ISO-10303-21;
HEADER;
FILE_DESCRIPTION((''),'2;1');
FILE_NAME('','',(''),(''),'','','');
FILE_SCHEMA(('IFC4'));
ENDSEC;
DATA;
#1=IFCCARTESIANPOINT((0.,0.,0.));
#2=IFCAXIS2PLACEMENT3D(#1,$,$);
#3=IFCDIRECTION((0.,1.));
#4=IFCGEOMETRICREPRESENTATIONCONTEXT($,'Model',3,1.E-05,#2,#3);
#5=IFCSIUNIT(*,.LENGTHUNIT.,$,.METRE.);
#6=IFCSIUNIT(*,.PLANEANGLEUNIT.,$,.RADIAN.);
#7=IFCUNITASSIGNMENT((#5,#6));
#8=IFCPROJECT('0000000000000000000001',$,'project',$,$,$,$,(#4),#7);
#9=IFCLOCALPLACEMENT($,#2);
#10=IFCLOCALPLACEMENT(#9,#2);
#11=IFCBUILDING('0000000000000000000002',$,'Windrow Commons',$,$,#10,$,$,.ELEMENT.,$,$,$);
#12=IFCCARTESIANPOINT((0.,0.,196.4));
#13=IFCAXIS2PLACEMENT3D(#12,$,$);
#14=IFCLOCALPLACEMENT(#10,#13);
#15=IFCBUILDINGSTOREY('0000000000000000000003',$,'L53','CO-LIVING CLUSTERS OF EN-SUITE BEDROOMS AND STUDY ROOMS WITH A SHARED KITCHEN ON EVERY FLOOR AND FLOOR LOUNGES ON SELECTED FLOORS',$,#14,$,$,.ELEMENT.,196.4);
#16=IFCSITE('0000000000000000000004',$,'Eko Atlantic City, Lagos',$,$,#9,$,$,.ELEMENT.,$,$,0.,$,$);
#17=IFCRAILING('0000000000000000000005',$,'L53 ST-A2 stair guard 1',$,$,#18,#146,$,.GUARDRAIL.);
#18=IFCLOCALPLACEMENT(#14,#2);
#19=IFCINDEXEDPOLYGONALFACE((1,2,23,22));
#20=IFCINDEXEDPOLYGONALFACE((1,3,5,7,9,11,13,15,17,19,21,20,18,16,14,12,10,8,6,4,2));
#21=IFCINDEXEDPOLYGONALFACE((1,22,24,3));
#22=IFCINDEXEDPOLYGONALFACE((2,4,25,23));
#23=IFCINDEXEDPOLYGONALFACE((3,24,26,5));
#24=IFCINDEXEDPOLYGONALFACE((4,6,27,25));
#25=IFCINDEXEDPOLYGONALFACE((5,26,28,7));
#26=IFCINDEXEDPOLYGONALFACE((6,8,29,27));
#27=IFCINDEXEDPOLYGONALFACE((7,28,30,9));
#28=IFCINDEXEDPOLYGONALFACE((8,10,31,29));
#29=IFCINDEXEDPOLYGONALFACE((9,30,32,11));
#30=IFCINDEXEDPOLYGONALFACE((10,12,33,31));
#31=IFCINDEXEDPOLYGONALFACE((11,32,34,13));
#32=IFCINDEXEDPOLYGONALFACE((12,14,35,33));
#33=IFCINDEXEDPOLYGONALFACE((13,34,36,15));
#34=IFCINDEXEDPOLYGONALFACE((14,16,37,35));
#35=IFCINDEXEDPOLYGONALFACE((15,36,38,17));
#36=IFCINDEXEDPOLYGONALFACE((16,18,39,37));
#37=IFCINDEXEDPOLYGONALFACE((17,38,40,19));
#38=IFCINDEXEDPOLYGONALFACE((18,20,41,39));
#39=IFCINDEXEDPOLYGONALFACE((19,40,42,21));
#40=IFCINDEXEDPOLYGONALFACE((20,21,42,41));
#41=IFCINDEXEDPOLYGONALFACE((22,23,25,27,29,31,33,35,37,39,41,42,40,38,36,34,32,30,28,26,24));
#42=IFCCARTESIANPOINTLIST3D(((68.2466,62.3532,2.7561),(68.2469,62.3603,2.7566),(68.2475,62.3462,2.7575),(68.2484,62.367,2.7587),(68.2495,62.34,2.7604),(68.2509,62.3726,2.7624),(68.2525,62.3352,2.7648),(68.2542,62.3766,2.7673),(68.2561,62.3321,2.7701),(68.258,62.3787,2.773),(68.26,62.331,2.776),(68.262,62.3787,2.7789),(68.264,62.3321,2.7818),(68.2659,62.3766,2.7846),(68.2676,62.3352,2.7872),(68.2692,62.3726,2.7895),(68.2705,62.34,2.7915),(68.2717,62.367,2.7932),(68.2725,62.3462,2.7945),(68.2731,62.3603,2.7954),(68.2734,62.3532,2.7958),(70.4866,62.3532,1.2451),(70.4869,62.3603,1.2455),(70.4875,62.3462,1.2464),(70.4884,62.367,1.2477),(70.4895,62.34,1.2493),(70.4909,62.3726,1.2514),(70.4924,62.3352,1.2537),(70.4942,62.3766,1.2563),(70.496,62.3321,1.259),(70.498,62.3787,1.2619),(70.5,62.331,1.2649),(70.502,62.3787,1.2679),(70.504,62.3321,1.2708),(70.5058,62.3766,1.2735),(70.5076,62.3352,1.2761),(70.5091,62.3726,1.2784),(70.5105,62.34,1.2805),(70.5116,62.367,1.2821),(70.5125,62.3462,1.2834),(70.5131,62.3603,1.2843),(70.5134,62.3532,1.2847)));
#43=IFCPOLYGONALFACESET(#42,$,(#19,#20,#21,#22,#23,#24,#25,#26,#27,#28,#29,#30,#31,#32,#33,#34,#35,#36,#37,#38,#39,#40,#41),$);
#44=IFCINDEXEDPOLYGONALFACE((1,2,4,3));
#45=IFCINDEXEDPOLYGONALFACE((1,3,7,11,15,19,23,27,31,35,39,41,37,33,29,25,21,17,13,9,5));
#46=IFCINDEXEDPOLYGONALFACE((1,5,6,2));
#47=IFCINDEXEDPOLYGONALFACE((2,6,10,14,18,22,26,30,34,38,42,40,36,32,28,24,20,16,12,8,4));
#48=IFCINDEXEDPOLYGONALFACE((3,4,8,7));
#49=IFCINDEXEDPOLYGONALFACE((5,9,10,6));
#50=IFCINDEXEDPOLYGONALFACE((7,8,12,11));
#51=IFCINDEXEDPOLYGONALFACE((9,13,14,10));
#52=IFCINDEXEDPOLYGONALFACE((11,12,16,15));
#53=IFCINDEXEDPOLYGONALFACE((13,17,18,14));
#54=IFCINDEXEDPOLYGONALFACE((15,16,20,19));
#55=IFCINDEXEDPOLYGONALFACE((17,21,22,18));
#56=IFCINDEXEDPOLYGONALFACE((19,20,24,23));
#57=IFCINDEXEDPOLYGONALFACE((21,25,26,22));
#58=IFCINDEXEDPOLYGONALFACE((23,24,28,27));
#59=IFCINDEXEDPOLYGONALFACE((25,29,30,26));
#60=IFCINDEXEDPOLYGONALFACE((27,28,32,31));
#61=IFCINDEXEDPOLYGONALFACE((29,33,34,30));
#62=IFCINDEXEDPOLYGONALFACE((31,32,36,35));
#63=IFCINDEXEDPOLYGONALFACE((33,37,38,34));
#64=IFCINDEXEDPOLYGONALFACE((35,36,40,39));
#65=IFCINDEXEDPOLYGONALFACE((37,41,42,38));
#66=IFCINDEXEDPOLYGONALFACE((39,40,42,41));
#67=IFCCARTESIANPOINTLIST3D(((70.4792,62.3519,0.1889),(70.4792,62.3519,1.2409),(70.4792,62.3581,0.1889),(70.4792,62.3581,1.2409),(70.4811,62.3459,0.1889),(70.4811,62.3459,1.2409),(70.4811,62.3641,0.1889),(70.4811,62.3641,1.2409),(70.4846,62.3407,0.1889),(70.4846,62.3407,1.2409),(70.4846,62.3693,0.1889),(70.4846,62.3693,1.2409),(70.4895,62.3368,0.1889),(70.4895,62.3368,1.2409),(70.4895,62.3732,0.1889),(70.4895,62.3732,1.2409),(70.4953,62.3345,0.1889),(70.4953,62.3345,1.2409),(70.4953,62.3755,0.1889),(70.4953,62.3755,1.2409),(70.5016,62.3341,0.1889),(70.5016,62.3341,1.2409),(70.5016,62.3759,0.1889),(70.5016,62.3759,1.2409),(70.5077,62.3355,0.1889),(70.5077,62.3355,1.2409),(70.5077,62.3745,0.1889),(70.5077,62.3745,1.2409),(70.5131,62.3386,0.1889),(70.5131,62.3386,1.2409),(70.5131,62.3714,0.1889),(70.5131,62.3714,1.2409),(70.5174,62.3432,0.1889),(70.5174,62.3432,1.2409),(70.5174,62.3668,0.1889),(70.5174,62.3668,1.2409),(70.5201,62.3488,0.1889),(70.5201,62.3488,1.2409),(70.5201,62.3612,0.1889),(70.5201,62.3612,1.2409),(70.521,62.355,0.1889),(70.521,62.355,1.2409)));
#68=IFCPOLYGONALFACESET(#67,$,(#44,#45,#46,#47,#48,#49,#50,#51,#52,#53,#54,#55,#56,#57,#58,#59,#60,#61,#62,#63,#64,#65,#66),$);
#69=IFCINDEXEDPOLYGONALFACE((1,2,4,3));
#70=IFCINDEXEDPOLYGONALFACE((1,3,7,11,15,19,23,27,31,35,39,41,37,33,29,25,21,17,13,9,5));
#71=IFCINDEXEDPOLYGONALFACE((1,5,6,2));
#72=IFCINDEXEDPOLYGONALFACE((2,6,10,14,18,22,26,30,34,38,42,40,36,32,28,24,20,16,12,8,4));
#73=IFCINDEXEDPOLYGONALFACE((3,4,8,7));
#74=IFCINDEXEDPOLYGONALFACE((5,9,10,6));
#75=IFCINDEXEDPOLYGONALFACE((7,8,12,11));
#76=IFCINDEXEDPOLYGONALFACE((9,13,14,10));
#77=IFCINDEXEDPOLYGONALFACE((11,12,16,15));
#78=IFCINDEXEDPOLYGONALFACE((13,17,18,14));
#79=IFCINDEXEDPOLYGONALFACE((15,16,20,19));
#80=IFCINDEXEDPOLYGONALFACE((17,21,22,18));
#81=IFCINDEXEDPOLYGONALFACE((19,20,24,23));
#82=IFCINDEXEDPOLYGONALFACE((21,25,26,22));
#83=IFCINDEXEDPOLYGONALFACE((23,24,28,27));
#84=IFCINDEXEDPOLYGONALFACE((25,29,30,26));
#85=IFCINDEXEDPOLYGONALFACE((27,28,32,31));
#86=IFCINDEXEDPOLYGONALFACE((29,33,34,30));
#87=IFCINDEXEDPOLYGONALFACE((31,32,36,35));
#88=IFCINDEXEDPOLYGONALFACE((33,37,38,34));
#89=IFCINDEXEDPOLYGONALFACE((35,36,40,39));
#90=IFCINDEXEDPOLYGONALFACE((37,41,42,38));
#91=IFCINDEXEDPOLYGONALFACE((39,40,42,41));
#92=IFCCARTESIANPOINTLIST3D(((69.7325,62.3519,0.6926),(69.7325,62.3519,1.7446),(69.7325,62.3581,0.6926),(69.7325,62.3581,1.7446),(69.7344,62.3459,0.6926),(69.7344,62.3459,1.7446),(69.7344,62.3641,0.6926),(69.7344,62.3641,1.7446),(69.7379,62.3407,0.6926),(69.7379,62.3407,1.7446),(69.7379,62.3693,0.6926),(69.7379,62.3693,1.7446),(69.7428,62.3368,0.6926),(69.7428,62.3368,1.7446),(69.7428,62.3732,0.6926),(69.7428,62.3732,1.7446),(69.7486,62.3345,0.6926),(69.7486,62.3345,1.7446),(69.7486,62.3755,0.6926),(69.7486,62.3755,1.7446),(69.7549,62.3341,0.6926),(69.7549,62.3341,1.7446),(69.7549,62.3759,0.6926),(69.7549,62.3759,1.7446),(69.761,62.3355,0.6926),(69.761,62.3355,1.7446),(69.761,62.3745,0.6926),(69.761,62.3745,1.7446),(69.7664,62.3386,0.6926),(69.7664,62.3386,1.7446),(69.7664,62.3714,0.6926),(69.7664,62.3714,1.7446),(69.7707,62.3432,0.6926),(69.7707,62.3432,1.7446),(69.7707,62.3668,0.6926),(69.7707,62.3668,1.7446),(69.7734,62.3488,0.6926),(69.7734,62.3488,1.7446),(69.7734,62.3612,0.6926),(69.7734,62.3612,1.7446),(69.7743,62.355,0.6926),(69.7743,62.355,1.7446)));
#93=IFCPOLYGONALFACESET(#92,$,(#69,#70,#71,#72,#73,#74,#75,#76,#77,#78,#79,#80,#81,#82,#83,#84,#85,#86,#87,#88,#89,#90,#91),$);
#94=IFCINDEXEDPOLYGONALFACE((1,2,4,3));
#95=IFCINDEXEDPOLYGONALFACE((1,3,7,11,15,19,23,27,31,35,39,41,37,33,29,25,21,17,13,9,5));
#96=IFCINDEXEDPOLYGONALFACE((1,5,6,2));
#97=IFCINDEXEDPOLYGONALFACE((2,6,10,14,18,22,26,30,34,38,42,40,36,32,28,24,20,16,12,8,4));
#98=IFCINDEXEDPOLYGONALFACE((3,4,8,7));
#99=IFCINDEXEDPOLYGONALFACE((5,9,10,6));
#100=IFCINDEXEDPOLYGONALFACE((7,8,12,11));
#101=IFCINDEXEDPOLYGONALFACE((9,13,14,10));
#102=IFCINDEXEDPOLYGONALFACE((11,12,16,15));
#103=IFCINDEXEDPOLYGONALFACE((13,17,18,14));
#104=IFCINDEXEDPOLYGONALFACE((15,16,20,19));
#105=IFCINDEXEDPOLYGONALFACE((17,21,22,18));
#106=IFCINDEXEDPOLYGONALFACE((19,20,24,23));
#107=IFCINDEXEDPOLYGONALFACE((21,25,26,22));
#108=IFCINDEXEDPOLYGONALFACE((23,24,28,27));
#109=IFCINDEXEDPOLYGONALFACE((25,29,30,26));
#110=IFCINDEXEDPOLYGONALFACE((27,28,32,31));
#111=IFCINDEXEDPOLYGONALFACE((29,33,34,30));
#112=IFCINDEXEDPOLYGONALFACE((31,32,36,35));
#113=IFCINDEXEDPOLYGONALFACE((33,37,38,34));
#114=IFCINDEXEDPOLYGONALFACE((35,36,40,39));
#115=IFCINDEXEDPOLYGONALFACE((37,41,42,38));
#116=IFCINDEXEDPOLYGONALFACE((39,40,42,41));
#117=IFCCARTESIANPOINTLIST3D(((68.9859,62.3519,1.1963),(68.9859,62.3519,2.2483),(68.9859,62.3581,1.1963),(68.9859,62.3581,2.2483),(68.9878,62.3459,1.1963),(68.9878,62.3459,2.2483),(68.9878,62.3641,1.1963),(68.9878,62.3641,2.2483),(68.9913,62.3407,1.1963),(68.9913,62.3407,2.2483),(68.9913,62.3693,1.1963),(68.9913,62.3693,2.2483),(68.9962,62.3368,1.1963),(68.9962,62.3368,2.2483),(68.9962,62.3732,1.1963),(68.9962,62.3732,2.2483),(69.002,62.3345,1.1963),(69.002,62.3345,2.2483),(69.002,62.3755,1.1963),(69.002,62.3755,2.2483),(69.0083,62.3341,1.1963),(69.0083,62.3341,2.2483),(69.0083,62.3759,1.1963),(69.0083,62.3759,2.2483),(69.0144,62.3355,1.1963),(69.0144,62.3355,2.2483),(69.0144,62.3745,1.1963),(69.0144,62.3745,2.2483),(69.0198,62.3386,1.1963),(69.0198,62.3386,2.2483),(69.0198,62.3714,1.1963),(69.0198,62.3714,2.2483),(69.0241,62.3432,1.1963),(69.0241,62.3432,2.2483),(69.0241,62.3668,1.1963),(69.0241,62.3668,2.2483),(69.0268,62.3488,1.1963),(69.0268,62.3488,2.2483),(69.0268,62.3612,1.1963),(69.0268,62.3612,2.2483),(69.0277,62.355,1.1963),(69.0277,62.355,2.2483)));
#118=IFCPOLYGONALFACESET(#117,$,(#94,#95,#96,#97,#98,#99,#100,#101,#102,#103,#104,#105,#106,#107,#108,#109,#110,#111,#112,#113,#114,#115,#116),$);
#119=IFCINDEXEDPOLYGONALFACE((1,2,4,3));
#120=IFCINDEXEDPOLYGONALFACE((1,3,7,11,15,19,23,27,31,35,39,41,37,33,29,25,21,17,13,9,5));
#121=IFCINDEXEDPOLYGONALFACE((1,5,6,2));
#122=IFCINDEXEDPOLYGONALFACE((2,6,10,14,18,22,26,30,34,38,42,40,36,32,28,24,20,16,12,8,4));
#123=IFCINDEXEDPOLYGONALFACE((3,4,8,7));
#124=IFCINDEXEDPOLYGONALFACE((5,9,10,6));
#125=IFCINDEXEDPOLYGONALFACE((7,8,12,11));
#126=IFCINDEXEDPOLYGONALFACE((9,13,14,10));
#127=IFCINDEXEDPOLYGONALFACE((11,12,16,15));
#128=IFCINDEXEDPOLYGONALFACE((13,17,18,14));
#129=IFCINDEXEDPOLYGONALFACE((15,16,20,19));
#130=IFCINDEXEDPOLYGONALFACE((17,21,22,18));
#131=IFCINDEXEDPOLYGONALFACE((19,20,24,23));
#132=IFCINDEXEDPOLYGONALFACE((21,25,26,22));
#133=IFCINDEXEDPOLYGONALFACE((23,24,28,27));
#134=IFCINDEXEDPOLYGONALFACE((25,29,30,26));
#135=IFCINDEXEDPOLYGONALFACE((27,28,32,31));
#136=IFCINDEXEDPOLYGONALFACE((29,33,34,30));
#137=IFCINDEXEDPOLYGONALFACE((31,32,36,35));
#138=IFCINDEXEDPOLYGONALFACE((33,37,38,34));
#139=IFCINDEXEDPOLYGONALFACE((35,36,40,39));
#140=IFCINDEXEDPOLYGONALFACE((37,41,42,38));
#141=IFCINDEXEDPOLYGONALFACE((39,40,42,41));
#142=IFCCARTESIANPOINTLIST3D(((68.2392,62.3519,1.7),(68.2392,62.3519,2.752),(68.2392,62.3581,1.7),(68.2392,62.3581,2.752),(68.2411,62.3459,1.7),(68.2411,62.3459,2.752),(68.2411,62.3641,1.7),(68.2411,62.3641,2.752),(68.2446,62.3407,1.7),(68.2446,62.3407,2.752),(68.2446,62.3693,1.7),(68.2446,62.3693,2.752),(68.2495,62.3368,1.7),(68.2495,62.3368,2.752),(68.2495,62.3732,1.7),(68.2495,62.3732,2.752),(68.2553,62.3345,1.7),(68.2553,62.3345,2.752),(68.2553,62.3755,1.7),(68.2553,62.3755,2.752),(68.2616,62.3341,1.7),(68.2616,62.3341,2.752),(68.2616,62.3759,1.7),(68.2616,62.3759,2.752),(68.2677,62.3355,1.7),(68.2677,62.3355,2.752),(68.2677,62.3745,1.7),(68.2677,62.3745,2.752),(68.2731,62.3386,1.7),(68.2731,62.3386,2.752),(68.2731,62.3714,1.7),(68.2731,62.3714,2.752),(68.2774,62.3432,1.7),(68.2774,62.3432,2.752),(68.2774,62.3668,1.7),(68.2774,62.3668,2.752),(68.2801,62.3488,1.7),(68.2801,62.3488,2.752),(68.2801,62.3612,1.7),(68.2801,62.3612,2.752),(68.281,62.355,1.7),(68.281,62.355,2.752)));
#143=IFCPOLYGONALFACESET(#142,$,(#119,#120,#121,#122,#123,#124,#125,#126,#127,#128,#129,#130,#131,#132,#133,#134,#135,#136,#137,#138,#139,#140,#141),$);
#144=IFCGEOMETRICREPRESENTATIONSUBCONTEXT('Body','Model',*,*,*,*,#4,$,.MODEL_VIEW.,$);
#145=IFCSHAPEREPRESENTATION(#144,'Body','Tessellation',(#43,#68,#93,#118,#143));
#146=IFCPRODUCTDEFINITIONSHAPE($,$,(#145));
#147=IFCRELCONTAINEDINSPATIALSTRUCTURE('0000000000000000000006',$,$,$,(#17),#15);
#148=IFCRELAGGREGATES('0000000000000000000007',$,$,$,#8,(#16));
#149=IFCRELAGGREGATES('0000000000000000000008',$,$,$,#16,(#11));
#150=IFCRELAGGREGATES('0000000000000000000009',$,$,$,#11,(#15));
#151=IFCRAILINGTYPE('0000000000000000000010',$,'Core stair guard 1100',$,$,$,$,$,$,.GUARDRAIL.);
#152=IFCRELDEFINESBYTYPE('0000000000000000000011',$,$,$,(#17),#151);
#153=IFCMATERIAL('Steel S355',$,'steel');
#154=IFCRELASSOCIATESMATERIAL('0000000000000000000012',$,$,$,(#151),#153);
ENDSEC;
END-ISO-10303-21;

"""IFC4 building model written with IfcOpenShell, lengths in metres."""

from ifc_helpers import new_model, si_unit, direction, frame, origin, origin_2d, place, context, subcontext, project, spatial, circle, extrude, material, type_object, element, save


model = new_model("IFC4")

# Units and contexts
model_context = context("Model", 3, precision=1e-05, world=origin(), true_north=direction((0.0, 1.0)))
body_context = subcontext(model_context, "Body", "Model", "MODEL_VIEW")
ifc_project = project(units=[si_unit("LENGTHUNIT", "METRE"), si_unit("PLANEANGLEUNIT", "RADIAN")], contexts=[model_context])

# Site, building, storey
site_placement = place(None, origin())
site = spatial("IfcSite", under=ifc_project, at=site_placement, Name="Eko Atlantic City, Lagos", CompositionType="ELEMENT", RefElevation=0.0)
building_placement = place(site_placement, origin())
building = spatial("IfcBuilding", under=site, at=building_placement, Name="Windrow Commons", CompositionType="ELEMENT")
storey_placement = place(building_placement, frame((0.0, 0.0, 196.4)))
storey = spatial("IfcBuildingStorey", under=building, at=storey_placement, Name="L53", Description="CO-LIVING CLUSTERS OF EN-SUITE BEDROOMS AND STUDY ROOMS WITH A SHARED KITCHEN ON EVERY FLOOR AND FLOOR LOUNGES ON SELECTED FLOORS", CompositionType="ELEMENT", Elevation=196.4)

# Railing
ifc_material_1 = material(Name="Steel S355", Category="steel")
railing_type_1 = type_object("IfcRailingType", Name="Core stair guard 1100", PredefinedType="GUARDRAIL", material=ifc_material_1)
railing_1_placement = place(storey_placement, frame((70.5, 62.355, 0.1889)))
element("IfcRailing", 1, at=railing_1_placement, inside=storey, type_object=railing_type_1, Name="L53 ST-A2 stair guard 1", PredefinedType="GUARDRAIL", context=body_context, shape_type="SweptSolid", body=[
    extrude(circle(Radius=0.024, at=origin_2d()), frame((0.0, 0.0, 1.076), z_axis=(-0.829003, 0.0, 0.559244), x_axis=(0.0, -1.0, 0.0)), (0.0, 0.0, 1.0), 2.702),
    extrude(circle(Radius=0.021, at=origin_2d()), origin(), (0.0, 0.0, 1.0), 1.052),
    extrude(circle(Radius=0.021, at=origin_2d()), frame((-0.7467, 0.0, 0.5037)), (0.0, 0.0, 1.0), 1.052),
    extrude(circle(Radius=0.021, at=origin_2d()), frame((-1.4933, 0.0, 1.0074)), (0.0, 0.0, 1.0), 1.052),
    extrude(circle(Radius=0.021, at=origin_2d()), frame((-2.24, 0.0, 1.5111)), (0.0, 0.0, 1.0), 1.052),
])

save(model, "model.ifc")
